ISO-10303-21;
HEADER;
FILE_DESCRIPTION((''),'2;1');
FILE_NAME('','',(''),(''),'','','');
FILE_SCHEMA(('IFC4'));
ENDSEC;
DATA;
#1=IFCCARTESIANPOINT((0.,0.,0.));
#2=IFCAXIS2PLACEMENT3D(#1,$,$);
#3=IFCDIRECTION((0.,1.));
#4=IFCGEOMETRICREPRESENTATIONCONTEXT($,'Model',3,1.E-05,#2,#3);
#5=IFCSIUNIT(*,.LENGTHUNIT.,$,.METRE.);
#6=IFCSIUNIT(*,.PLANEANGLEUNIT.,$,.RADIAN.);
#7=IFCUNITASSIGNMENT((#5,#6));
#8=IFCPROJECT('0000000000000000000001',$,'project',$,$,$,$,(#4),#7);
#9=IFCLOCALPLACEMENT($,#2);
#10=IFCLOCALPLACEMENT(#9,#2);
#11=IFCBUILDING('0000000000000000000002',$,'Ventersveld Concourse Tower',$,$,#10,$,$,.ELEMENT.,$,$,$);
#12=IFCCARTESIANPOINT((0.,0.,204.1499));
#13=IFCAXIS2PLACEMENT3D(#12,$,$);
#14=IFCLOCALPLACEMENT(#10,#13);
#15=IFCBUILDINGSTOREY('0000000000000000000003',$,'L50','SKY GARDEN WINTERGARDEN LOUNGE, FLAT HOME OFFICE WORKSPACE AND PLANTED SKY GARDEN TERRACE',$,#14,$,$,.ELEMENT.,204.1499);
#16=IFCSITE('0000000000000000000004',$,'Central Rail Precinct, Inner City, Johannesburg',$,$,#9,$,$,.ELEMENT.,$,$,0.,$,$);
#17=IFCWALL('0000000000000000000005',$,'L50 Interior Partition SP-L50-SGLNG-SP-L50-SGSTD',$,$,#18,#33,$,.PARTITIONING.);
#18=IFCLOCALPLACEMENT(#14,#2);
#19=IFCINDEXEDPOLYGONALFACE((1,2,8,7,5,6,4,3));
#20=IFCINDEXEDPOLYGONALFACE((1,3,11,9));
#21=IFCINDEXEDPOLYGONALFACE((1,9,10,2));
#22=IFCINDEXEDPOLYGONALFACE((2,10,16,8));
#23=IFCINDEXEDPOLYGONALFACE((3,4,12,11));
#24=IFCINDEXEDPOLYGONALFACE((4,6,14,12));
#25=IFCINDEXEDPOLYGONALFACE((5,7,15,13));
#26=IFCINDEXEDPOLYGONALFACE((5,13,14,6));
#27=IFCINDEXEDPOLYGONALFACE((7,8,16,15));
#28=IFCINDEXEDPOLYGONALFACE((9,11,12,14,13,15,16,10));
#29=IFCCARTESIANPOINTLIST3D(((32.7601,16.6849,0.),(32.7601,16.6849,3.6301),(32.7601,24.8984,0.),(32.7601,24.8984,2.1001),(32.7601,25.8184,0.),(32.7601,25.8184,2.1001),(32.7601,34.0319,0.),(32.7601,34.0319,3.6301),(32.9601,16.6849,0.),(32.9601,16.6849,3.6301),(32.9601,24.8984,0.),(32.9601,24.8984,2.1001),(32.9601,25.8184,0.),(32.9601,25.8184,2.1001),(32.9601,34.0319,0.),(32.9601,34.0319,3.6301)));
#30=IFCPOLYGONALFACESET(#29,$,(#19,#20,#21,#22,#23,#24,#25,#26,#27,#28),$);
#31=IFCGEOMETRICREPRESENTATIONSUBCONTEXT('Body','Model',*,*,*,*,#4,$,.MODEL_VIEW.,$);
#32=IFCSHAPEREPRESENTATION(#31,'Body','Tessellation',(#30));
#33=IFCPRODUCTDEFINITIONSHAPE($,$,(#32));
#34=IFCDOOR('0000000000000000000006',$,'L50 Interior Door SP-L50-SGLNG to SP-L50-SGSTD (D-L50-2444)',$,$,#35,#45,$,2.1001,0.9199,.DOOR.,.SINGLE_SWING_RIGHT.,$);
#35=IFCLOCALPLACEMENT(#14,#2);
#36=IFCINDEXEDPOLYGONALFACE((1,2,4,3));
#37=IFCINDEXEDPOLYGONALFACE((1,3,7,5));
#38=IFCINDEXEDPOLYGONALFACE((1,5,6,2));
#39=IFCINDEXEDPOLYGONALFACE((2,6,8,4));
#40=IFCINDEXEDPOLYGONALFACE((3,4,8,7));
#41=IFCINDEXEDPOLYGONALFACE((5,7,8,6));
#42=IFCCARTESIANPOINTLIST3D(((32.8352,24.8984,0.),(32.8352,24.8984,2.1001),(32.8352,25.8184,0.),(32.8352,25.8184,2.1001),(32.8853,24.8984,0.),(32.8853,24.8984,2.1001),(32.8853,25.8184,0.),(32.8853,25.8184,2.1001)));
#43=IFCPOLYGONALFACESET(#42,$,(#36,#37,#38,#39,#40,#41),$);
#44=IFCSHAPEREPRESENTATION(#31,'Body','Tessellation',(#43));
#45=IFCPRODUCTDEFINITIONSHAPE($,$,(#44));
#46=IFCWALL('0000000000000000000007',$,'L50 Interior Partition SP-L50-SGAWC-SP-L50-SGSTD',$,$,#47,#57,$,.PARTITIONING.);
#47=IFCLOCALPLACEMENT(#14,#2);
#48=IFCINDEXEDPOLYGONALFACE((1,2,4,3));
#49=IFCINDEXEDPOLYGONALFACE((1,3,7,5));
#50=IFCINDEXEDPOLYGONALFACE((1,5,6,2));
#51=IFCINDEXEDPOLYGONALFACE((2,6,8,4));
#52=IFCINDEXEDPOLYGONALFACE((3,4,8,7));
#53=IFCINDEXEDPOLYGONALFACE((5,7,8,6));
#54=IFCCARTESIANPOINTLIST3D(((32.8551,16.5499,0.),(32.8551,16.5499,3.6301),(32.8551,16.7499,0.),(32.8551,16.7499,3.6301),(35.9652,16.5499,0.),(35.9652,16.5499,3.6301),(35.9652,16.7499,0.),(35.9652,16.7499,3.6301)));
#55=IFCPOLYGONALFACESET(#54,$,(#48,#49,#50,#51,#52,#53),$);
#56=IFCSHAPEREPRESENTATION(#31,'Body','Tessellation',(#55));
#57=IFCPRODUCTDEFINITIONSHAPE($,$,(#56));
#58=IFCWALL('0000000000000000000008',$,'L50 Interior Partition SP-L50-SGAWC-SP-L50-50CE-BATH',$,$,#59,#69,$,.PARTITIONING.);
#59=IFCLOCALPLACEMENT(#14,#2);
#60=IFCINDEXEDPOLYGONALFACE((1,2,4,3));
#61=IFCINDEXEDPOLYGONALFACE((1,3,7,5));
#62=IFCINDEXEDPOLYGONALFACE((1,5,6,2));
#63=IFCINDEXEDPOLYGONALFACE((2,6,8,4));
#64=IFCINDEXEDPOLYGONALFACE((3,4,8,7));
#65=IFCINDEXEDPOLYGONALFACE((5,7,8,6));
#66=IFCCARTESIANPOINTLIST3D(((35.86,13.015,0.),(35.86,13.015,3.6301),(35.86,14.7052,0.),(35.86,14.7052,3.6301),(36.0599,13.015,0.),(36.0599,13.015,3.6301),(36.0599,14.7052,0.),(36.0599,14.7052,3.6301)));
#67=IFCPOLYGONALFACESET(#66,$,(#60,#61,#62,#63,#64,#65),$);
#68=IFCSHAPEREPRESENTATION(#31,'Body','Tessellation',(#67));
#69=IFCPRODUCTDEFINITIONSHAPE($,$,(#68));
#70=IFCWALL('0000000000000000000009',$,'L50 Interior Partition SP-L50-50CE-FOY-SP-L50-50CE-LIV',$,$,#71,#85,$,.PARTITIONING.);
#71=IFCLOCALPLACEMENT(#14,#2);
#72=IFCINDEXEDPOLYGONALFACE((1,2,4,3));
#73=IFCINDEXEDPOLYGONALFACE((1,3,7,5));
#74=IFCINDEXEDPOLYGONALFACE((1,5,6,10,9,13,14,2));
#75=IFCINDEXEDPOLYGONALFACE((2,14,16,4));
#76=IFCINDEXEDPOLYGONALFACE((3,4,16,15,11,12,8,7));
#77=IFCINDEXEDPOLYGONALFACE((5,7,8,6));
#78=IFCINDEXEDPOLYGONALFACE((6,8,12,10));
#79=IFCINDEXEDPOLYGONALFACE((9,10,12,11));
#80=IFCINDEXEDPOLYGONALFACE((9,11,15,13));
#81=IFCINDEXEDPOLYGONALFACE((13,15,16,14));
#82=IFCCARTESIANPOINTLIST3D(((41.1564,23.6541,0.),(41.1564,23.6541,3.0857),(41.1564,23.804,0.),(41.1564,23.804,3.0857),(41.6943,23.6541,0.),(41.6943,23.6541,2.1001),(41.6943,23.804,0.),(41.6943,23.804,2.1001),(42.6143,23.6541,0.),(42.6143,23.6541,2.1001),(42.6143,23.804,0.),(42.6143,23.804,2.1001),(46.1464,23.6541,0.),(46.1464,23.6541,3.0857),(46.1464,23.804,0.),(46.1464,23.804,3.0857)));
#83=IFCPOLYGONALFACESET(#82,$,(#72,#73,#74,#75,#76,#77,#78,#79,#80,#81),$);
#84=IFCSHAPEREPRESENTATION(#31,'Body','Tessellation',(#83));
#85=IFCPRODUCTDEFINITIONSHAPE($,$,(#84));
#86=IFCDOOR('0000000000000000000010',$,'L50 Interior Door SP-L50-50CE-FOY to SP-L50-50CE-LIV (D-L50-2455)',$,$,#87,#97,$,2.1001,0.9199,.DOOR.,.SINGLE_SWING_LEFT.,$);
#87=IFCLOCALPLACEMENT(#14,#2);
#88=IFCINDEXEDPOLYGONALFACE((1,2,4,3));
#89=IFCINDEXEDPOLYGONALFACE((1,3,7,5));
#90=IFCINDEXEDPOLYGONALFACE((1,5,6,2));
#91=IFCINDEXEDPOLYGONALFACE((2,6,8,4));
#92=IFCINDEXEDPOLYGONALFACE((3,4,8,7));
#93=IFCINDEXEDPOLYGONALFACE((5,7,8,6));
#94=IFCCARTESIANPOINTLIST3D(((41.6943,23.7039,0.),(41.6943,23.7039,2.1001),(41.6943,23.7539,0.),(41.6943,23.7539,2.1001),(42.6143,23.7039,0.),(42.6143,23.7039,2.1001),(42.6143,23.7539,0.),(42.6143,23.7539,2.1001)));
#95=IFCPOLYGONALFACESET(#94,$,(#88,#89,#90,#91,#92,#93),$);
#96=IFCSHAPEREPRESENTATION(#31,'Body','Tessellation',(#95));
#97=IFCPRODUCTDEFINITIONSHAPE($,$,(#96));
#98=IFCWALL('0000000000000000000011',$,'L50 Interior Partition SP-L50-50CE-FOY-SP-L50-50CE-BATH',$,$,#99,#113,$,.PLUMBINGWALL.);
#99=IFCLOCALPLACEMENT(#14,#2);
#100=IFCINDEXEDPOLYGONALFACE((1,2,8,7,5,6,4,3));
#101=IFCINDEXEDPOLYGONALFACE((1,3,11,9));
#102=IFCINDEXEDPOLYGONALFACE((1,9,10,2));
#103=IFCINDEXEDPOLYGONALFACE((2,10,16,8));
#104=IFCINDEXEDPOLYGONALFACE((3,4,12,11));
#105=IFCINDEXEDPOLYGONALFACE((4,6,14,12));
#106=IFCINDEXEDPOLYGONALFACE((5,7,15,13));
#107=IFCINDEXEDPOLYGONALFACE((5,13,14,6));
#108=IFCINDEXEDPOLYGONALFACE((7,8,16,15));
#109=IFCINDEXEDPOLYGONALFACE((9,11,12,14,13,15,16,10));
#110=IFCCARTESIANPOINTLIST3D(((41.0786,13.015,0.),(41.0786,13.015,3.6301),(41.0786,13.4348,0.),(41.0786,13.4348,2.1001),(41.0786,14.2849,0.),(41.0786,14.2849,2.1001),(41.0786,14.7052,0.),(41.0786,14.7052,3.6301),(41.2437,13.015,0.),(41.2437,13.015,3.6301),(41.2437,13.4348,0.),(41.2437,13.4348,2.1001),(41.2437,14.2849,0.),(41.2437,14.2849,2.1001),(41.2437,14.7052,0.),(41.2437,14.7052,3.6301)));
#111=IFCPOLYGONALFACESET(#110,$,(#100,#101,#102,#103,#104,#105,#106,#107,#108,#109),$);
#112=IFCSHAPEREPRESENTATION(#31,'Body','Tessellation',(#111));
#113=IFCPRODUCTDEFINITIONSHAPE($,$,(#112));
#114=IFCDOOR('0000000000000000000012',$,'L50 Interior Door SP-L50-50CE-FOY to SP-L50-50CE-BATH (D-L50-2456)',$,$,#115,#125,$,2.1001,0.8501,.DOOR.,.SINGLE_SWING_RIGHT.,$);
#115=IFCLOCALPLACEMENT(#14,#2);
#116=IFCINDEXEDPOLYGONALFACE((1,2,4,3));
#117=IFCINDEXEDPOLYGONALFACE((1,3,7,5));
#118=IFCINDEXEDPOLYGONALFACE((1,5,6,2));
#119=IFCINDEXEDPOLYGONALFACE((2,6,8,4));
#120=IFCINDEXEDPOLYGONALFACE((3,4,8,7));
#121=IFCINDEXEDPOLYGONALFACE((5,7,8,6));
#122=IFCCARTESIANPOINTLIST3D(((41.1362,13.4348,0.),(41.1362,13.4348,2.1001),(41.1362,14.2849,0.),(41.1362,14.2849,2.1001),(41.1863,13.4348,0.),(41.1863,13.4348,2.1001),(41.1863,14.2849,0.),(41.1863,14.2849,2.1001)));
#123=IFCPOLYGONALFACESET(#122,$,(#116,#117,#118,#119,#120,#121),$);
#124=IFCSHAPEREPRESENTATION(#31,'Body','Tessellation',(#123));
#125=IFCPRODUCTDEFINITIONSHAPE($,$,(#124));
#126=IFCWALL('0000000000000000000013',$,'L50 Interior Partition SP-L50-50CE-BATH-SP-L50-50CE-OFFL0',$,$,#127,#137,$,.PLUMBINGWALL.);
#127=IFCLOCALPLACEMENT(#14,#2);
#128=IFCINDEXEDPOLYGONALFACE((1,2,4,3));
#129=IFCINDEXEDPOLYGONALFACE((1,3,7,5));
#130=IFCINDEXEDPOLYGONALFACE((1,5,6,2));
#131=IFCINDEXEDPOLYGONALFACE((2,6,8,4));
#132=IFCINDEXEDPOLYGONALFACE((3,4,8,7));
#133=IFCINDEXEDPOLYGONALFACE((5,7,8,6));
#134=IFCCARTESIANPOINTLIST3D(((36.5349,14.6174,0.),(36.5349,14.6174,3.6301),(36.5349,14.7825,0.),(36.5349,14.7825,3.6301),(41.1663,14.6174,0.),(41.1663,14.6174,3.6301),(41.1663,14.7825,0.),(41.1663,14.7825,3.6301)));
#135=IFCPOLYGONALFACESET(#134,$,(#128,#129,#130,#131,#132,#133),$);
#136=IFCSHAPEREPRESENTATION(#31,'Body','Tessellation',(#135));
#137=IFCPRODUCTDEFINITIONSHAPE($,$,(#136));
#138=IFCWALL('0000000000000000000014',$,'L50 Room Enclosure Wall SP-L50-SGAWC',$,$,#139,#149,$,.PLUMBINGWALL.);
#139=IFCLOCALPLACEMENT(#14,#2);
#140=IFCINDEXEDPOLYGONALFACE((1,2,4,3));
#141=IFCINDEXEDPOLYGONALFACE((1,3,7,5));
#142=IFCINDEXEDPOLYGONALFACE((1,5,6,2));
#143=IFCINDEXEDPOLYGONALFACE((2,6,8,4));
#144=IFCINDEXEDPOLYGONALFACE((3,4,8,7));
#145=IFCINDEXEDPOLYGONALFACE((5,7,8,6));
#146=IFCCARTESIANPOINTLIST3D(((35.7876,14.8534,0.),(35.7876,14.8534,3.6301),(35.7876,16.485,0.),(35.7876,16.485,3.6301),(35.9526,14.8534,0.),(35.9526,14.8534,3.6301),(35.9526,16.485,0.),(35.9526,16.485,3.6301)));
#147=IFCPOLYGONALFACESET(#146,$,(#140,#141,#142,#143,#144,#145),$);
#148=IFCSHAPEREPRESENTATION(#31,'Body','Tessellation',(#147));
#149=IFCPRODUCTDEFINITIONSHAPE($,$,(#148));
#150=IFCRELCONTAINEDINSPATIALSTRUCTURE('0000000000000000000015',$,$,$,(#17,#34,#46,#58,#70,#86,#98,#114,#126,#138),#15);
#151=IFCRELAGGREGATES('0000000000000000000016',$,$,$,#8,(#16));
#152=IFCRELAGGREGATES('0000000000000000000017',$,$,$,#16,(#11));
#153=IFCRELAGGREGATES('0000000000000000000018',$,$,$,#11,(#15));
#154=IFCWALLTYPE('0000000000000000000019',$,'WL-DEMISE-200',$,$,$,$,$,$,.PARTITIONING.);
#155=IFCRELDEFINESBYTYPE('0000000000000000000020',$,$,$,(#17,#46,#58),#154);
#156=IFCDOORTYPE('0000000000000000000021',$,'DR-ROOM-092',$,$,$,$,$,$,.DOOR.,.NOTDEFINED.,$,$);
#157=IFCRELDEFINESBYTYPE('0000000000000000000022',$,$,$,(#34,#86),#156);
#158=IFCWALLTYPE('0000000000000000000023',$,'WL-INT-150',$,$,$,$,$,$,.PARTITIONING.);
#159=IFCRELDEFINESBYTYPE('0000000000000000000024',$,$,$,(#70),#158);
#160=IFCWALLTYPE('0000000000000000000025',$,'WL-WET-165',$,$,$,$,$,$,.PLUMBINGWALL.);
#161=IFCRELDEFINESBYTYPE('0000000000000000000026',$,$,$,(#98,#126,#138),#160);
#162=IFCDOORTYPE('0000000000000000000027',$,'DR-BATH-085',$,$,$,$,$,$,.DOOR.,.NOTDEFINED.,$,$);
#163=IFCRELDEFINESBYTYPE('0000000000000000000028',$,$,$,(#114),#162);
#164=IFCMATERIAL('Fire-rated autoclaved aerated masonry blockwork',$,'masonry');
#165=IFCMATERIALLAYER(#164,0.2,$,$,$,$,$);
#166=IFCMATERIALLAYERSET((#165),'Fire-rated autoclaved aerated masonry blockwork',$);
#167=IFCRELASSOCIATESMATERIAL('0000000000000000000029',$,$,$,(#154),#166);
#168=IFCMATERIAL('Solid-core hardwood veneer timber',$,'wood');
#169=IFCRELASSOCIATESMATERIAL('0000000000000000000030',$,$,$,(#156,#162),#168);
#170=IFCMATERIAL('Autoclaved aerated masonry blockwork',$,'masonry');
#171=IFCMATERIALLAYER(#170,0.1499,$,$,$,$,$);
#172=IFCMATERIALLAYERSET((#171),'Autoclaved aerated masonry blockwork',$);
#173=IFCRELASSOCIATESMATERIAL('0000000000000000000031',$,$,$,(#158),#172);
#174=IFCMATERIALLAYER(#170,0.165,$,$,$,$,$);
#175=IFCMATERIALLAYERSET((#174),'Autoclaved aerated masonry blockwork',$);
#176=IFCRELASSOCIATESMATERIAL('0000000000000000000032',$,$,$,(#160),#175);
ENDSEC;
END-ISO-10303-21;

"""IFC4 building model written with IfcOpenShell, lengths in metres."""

from ifc_helpers import new_model, si_unit, direction, frame, frame_2d, origin, place, context, subcontext, project, spatial, rectangle, extrude, material, layer, layer_set, type_object, element, fill, save


model = new_model("IFC4")

# Units and contexts
model_context = context("Model", 3, precision=1e-05, world=origin(), true_north=direction((0.0, 1.0)))
body_context = subcontext(model_context, "Body", "Model", "MODEL_VIEW")
ifc_project = project(units=[si_unit("LENGTHUNIT", "METRE"), si_unit("PLANEANGLEUNIT", "RADIAN")], contexts=[model_context])

# Site, building, storey
site_placement = place(None, origin())
site = spatial("IfcSite", under=ifc_project, at=site_placement, Name="Central Rail Precinct, Inner City, Johannesburg", CompositionType="ELEMENT", RefElevation=0.0)
building_placement = place(site_placement, origin())
building = spatial("IfcBuilding", under=site, at=building_placement, Name="Ventersveld Concourse Tower", CompositionType="ELEMENT")
storey_placement = place(building_placement, frame((0.0, 0.0, 204.1499)))
storey = spatial("IfcBuildingStorey", under=building, at=storey_placement, Name="L50", Description="SKY GARDEN WINTERGARDEN LOUNGE, FLAT HOME OFFICE WORKSPACE AND PLANTED SKY GARDEN TERRACE", CompositionType="ELEMENT", Elevation=204.1499)

# Shared definitions
ifc_material_1 = material(Name="Fire-rated autoclaved aerated masonry blockwork", Category="masonry")
ifc_material_2 = material(Name="Solid-core hardwood veneer timber", Category="wood")

# Shared definitions
ifc_layer_1 = layer(ifc_material_1, 0.2)
ifc_layer_set_1 = layer_set([ifc_layer_1], Name="Fire-rated autoclaved aerated masonry blockwork")
wall_type_1 = type_object("IfcWallType", Name="WL-DEMISE-200", PredefinedType="PARTITIONING", material=ifc_layer_set_1)

# Wall, opening, door
wall_1_placement = place(storey_placement, frame((32.8601, 16.6851, 0.0), z_axis=(0.0, 0.0, 1.0), x_axis=(0.0, 1.0, 0.0)))
wall_1 = element("IfcWall", 1, at=wall_1_placement, inside=storey, type_object=wall_type_1, Name="L50 Interior Partition SP-L50-SGLNG-SP-L50-SGSTD", PredefinedType="PARTITIONING", context=body_context, shape_type="SweptSolid", body=[
    extrude(rectangle(XDim=17.3469, YDim=0.2, at=frame_2d((8.6733, 0.0))), origin(), (0.0, 0.0, 1.0), 3.6301),
])
opening_1_placement = place(wall_1_placement, frame((8.2134, 0.0, 0.0)))
opening_1 = element("IfcOpeningElement", 2, at=opening_1_placement, cuts=wall_1, PredefinedType="OPENING", context=body_context, shape_type="SweptSolid", body=[
    extrude(rectangle(XDim=0.9199, YDim=2.1001, at=frame_2d((0.46, 1.05))), frame((0.0, 0.1099, 0.0), z_axis=(0.0, -1.0, 0.0), x_axis=(1.0, 0.0, 0.0)), (0.0, 0.0, 1.0), 0.22),
])
door_type_1 = type_object("IfcDoorType", Name="DR-ROOM-092", OperationType="NOTDEFINED", PredefinedType="DOOR", material=ifc_material_2)
door_1_placement = place(opening_1_placement, origin())
door_1 = element("IfcDoor", 3, at=door_1_placement, inside=storey, type_object=door_type_1, Name="L50 Interior Door SP-L50-SGLNG to SP-L50-SGSTD (D-L50-2444)", OperationType="SINGLE_SWING_RIGHT", OverallHeight=2.1001, OverallWidth=0.9199, PredefinedType="DOOR", context=body_context, shape_type="SweptSolid", body=[
    extrude(rectangle(XDim=0.9199, YDim=2.1001, at=frame_2d((0.46, 1.05))), frame((0.0, 0.0249, 0.0), z_axis=(0.0, -1.0, 0.0), x_axis=(1.0, 0.0, 0.0)), (0.0, 0.0, 1.0), 0.05),
])
fill(opening_1, door_1)

# Walls
wall_2_placement = place(storey_placement, frame((32.855, 16.6499, 0.0), z_axis=(0.0, 0.0, 1.0), x_axis=(1.0, 0.0, 0.0)))
element("IfcWall", 4, at=wall_2_placement, inside=storey, type_object=wall_type_1, Name="L50 Interior Partition SP-L50-SGAWC-SP-L50-SGSTD", PredefinedType="PARTITIONING", context=body_context, shape_type="SweptSolid", body=[
    extrude(rectangle(XDim=3.1101, YDim=0.2, at=frame_2d((1.5552, 0.0))), origin(), (0.0, 0.0, 1.0), 3.6301),
])
wall_3_placement = place(storey_placement, frame((35.96, 13.0149, 0.0), z_axis=(0.0, 0.0, 1.0), x_axis=(0.0, 1.0, 0.0)))
element("IfcWall", 5, at=wall_3_placement, inside=storey, type_object=wall_type_1, Name="L50 Interior Partition SP-L50-SGAWC-SP-L50-50CE-BATH", PredefinedType="PARTITIONING", context=body_context, shape_type="SweptSolid", body=[
    extrude(rectangle(XDim=1.6902, YDim=0.2, at=frame_2d((0.8452, 0.0))), origin(), (0.0, 0.0, 1.0), 3.6301),
])

# Walls, openings, doors
ifc_material_3 = material(Name="Autoclaved aerated masonry blockwork", Category="masonry")
ifc_layer_2 = layer(ifc_material_3, 0.1499)
ifc_layer_set_2 = layer_set([ifc_layer_2], Name="Autoclaved aerated masonry blockwork")
wall_type_2 = type_object("IfcWallType", Name="WL-INT-150", PredefinedType="PARTITIONING", material=ifc_layer_set_2)
wall_4_placement = place(storey_placement, frame((41.1562, 23.729, 0.0), z_axis=(0.0, 0.0, 1.0), x_axis=(1.0, 0.0, 0.0)))
wall_4 = element("IfcWall", 6, at=wall_4_placement, inside=storey, type_object=wall_type_2, Name="L50 Interior Partition SP-L50-50CE-FOY-SP-L50-50CE-LIV", PredefinedType="PARTITIONING", context=body_context, shape_type="SweptSolid", body=[
    extrude(rectangle(XDim=4.99, YDim=0.1499, at=frame_2d((2.4951, 0.0))), origin(), (0.0, 0.0, 1.0), 3.0857),
])
opening_2_placement = place(wall_4_placement, frame((0.5381, 0.0, 0.0)))
opening_2 = element("IfcOpeningElement", 7, at=opening_2_placement, cuts=wall_4, PredefinedType="OPENING", context=body_context, shape_type="SweptSolid", body=[
    extrude(rectangle(XDim=0.9199, YDim=2.1001, at=frame_2d((0.46, 1.05))), frame((0.0, 0.085, 0.0), z_axis=(0.0, -1.0, 0.0), x_axis=(1.0, 0.0, 0.0)), (0.0, 0.0, 1.0), 0.1699),
])
door_2_placement = place(opening_2_placement, origin())
door_2 = element("IfcDoor", 8, at=door_2_placement, inside=storey, type_object=door_type_1, Name="L50 Interior Door SP-L50-50CE-FOY to SP-L50-50CE-LIV (D-L50-2455)", OperationType="SINGLE_SWING_LEFT", OverallHeight=2.1001, OverallWidth=0.9199, PredefinedType="DOOR", context=body_context, shape_type="SweptSolid", body=[
    extrude(rectangle(XDim=0.9199, YDim=2.1001, at=frame_2d((0.46, 1.05))), frame((0.0, 0.0249, 0.0), z_axis=(0.0, -1.0, 0.0), x_axis=(1.0, 0.0, 0.0)), (0.0, 0.0, 1.0), 0.05),
])
fill(opening_2, door_2)
ifc_layer_3 = layer(ifc_material_3, 0.165)
ifc_layer_set_3 = layer_set([ifc_layer_3], Name="Autoclaved aerated masonry blockwork")
wall_type_3 = type_object("IfcWallType", Name="WL-WET-165", PredefinedType="PLUMBINGWALL", material=ifc_layer_set_3)
wall_5_placement = place(storey_placement, frame((41.1611, 13.0149, 0.0), z_axis=(0.0, 0.0, 1.0), x_axis=(0.0, 1.0, 0.0)))
wall_5 = element("IfcWall", 9, at=wall_5_placement, inside=storey, type_object=wall_type_3, Name="L50 Interior Partition SP-L50-50CE-FOY-SP-L50-50CE-BATH", PredefinedType="PLUMBINGWALL", context=body_context, shape_type="SweptSolid", body=[
    extrude(rectangle(XDim=1.6902, YDim=0.165, at=frame_2d((0.8452, 0.0))), origin(), (0.0, 0.0, 1.0), 3.6301),
])
opening_3_placement = place(wall_5_placement, frame((0.4199, 0.0, 0.0)))
opening_3 = element("IfcOpeningElement", 10, at=opening_3_placement, cuts=wall_5, PredefinedType="OPENING", context=body_context, shape_type="SweptSolid", body=[
    extrude(rectangle(XDim=0.8501, YDim=2.1001, at=frame_2d((0.425, 1.05))), frame((0.0, 0.0925, 0.0), z_axis=(0.0, -1.0, 0.0), x_axis=(1.0, 0.0, 0.0)), (0.0, 0.0, 1.0), 0.1851),
])
door_type_2 = type_object("IfcDoorType", Name="DR-BATH-085", OperationType="NOTDEFINED", PredefinedType="DOOR", material=ifc_material_2)
door_3_placement = place(opening_3_placement, origin())
door_3 = element("IfcDoor", 11, at=door_3_placement, inside=storey, type_object=door_type_2, Name="L50 Interior Door SP-L50-50CE-FOY to SP-L50-50CE-BATH (D-L50-2456)", OperationType="SINGLE_SWING_RIGHT", OverallHeight=2.1001, OverallWidth=0.8501, PredefinedType="DOOR", context=body_context, shape_type="SweptSolid", body=[
    extrude(rectangle(XDim=0.8501, YDim=2.1001, at=frame_2d((0.425, 1.05))), frame((0.0, 0.0249, 0.0), z_axis=(0.0, -1.0, 0.0), x_axis=(1.0, 0.0, 0.0)), (0.0, 0.0, 1.0), 0.05),
])
fill(opening_3, door_3)

# Walls
wall_6_placement = place(storey_placement, frame((36.5349, 14.7, 0.0), z_axis=(0.0, 0.0, 1.0), x_axis=(1.0, 0.0, 0.0)))
element("IfcWall", 12, at=wall_6_placement, inside=storey, type_object=wall_type_3, Name="L50 Interior Partition SP-L50-50CE-BATH-SP-L50-50CE-OFFL0", PredefinedType="PLUMBINGWALL", context=body_context, shape_type="SweptSolid", body=[
    extrude(rectangle(XDim=4.6313, YDim=0.165, at=frame_2d((2.3157, 0.0))), origin(), (0.0, 0.0, 1.0), 3.6301),
])
wall_7_placement = place(storey_placement, frame((35.8701, 16.4851, 0.0), z_axis=(0.0, 0.0, 1.0), x_axis=(0.0, -1.0, 0.0)))
element("IfcWall", 13, at=wall_7_placement, inside=storey, type_object=wall_type_3, Name="L50 Room Enclosure Wall SP-L50-SGAWC", PredefinedType="PLUMBINGWALL", context=body_context, shape_type="SweptSolid", body=[
    extrude(rectangle(XDim=1.6316, YDim=0.165, at=frame_2d((0.8159, 0.0))), origin(), (0.0, 0.0, 1.0), 3.6301),
])

save(model, "model.ifc")
